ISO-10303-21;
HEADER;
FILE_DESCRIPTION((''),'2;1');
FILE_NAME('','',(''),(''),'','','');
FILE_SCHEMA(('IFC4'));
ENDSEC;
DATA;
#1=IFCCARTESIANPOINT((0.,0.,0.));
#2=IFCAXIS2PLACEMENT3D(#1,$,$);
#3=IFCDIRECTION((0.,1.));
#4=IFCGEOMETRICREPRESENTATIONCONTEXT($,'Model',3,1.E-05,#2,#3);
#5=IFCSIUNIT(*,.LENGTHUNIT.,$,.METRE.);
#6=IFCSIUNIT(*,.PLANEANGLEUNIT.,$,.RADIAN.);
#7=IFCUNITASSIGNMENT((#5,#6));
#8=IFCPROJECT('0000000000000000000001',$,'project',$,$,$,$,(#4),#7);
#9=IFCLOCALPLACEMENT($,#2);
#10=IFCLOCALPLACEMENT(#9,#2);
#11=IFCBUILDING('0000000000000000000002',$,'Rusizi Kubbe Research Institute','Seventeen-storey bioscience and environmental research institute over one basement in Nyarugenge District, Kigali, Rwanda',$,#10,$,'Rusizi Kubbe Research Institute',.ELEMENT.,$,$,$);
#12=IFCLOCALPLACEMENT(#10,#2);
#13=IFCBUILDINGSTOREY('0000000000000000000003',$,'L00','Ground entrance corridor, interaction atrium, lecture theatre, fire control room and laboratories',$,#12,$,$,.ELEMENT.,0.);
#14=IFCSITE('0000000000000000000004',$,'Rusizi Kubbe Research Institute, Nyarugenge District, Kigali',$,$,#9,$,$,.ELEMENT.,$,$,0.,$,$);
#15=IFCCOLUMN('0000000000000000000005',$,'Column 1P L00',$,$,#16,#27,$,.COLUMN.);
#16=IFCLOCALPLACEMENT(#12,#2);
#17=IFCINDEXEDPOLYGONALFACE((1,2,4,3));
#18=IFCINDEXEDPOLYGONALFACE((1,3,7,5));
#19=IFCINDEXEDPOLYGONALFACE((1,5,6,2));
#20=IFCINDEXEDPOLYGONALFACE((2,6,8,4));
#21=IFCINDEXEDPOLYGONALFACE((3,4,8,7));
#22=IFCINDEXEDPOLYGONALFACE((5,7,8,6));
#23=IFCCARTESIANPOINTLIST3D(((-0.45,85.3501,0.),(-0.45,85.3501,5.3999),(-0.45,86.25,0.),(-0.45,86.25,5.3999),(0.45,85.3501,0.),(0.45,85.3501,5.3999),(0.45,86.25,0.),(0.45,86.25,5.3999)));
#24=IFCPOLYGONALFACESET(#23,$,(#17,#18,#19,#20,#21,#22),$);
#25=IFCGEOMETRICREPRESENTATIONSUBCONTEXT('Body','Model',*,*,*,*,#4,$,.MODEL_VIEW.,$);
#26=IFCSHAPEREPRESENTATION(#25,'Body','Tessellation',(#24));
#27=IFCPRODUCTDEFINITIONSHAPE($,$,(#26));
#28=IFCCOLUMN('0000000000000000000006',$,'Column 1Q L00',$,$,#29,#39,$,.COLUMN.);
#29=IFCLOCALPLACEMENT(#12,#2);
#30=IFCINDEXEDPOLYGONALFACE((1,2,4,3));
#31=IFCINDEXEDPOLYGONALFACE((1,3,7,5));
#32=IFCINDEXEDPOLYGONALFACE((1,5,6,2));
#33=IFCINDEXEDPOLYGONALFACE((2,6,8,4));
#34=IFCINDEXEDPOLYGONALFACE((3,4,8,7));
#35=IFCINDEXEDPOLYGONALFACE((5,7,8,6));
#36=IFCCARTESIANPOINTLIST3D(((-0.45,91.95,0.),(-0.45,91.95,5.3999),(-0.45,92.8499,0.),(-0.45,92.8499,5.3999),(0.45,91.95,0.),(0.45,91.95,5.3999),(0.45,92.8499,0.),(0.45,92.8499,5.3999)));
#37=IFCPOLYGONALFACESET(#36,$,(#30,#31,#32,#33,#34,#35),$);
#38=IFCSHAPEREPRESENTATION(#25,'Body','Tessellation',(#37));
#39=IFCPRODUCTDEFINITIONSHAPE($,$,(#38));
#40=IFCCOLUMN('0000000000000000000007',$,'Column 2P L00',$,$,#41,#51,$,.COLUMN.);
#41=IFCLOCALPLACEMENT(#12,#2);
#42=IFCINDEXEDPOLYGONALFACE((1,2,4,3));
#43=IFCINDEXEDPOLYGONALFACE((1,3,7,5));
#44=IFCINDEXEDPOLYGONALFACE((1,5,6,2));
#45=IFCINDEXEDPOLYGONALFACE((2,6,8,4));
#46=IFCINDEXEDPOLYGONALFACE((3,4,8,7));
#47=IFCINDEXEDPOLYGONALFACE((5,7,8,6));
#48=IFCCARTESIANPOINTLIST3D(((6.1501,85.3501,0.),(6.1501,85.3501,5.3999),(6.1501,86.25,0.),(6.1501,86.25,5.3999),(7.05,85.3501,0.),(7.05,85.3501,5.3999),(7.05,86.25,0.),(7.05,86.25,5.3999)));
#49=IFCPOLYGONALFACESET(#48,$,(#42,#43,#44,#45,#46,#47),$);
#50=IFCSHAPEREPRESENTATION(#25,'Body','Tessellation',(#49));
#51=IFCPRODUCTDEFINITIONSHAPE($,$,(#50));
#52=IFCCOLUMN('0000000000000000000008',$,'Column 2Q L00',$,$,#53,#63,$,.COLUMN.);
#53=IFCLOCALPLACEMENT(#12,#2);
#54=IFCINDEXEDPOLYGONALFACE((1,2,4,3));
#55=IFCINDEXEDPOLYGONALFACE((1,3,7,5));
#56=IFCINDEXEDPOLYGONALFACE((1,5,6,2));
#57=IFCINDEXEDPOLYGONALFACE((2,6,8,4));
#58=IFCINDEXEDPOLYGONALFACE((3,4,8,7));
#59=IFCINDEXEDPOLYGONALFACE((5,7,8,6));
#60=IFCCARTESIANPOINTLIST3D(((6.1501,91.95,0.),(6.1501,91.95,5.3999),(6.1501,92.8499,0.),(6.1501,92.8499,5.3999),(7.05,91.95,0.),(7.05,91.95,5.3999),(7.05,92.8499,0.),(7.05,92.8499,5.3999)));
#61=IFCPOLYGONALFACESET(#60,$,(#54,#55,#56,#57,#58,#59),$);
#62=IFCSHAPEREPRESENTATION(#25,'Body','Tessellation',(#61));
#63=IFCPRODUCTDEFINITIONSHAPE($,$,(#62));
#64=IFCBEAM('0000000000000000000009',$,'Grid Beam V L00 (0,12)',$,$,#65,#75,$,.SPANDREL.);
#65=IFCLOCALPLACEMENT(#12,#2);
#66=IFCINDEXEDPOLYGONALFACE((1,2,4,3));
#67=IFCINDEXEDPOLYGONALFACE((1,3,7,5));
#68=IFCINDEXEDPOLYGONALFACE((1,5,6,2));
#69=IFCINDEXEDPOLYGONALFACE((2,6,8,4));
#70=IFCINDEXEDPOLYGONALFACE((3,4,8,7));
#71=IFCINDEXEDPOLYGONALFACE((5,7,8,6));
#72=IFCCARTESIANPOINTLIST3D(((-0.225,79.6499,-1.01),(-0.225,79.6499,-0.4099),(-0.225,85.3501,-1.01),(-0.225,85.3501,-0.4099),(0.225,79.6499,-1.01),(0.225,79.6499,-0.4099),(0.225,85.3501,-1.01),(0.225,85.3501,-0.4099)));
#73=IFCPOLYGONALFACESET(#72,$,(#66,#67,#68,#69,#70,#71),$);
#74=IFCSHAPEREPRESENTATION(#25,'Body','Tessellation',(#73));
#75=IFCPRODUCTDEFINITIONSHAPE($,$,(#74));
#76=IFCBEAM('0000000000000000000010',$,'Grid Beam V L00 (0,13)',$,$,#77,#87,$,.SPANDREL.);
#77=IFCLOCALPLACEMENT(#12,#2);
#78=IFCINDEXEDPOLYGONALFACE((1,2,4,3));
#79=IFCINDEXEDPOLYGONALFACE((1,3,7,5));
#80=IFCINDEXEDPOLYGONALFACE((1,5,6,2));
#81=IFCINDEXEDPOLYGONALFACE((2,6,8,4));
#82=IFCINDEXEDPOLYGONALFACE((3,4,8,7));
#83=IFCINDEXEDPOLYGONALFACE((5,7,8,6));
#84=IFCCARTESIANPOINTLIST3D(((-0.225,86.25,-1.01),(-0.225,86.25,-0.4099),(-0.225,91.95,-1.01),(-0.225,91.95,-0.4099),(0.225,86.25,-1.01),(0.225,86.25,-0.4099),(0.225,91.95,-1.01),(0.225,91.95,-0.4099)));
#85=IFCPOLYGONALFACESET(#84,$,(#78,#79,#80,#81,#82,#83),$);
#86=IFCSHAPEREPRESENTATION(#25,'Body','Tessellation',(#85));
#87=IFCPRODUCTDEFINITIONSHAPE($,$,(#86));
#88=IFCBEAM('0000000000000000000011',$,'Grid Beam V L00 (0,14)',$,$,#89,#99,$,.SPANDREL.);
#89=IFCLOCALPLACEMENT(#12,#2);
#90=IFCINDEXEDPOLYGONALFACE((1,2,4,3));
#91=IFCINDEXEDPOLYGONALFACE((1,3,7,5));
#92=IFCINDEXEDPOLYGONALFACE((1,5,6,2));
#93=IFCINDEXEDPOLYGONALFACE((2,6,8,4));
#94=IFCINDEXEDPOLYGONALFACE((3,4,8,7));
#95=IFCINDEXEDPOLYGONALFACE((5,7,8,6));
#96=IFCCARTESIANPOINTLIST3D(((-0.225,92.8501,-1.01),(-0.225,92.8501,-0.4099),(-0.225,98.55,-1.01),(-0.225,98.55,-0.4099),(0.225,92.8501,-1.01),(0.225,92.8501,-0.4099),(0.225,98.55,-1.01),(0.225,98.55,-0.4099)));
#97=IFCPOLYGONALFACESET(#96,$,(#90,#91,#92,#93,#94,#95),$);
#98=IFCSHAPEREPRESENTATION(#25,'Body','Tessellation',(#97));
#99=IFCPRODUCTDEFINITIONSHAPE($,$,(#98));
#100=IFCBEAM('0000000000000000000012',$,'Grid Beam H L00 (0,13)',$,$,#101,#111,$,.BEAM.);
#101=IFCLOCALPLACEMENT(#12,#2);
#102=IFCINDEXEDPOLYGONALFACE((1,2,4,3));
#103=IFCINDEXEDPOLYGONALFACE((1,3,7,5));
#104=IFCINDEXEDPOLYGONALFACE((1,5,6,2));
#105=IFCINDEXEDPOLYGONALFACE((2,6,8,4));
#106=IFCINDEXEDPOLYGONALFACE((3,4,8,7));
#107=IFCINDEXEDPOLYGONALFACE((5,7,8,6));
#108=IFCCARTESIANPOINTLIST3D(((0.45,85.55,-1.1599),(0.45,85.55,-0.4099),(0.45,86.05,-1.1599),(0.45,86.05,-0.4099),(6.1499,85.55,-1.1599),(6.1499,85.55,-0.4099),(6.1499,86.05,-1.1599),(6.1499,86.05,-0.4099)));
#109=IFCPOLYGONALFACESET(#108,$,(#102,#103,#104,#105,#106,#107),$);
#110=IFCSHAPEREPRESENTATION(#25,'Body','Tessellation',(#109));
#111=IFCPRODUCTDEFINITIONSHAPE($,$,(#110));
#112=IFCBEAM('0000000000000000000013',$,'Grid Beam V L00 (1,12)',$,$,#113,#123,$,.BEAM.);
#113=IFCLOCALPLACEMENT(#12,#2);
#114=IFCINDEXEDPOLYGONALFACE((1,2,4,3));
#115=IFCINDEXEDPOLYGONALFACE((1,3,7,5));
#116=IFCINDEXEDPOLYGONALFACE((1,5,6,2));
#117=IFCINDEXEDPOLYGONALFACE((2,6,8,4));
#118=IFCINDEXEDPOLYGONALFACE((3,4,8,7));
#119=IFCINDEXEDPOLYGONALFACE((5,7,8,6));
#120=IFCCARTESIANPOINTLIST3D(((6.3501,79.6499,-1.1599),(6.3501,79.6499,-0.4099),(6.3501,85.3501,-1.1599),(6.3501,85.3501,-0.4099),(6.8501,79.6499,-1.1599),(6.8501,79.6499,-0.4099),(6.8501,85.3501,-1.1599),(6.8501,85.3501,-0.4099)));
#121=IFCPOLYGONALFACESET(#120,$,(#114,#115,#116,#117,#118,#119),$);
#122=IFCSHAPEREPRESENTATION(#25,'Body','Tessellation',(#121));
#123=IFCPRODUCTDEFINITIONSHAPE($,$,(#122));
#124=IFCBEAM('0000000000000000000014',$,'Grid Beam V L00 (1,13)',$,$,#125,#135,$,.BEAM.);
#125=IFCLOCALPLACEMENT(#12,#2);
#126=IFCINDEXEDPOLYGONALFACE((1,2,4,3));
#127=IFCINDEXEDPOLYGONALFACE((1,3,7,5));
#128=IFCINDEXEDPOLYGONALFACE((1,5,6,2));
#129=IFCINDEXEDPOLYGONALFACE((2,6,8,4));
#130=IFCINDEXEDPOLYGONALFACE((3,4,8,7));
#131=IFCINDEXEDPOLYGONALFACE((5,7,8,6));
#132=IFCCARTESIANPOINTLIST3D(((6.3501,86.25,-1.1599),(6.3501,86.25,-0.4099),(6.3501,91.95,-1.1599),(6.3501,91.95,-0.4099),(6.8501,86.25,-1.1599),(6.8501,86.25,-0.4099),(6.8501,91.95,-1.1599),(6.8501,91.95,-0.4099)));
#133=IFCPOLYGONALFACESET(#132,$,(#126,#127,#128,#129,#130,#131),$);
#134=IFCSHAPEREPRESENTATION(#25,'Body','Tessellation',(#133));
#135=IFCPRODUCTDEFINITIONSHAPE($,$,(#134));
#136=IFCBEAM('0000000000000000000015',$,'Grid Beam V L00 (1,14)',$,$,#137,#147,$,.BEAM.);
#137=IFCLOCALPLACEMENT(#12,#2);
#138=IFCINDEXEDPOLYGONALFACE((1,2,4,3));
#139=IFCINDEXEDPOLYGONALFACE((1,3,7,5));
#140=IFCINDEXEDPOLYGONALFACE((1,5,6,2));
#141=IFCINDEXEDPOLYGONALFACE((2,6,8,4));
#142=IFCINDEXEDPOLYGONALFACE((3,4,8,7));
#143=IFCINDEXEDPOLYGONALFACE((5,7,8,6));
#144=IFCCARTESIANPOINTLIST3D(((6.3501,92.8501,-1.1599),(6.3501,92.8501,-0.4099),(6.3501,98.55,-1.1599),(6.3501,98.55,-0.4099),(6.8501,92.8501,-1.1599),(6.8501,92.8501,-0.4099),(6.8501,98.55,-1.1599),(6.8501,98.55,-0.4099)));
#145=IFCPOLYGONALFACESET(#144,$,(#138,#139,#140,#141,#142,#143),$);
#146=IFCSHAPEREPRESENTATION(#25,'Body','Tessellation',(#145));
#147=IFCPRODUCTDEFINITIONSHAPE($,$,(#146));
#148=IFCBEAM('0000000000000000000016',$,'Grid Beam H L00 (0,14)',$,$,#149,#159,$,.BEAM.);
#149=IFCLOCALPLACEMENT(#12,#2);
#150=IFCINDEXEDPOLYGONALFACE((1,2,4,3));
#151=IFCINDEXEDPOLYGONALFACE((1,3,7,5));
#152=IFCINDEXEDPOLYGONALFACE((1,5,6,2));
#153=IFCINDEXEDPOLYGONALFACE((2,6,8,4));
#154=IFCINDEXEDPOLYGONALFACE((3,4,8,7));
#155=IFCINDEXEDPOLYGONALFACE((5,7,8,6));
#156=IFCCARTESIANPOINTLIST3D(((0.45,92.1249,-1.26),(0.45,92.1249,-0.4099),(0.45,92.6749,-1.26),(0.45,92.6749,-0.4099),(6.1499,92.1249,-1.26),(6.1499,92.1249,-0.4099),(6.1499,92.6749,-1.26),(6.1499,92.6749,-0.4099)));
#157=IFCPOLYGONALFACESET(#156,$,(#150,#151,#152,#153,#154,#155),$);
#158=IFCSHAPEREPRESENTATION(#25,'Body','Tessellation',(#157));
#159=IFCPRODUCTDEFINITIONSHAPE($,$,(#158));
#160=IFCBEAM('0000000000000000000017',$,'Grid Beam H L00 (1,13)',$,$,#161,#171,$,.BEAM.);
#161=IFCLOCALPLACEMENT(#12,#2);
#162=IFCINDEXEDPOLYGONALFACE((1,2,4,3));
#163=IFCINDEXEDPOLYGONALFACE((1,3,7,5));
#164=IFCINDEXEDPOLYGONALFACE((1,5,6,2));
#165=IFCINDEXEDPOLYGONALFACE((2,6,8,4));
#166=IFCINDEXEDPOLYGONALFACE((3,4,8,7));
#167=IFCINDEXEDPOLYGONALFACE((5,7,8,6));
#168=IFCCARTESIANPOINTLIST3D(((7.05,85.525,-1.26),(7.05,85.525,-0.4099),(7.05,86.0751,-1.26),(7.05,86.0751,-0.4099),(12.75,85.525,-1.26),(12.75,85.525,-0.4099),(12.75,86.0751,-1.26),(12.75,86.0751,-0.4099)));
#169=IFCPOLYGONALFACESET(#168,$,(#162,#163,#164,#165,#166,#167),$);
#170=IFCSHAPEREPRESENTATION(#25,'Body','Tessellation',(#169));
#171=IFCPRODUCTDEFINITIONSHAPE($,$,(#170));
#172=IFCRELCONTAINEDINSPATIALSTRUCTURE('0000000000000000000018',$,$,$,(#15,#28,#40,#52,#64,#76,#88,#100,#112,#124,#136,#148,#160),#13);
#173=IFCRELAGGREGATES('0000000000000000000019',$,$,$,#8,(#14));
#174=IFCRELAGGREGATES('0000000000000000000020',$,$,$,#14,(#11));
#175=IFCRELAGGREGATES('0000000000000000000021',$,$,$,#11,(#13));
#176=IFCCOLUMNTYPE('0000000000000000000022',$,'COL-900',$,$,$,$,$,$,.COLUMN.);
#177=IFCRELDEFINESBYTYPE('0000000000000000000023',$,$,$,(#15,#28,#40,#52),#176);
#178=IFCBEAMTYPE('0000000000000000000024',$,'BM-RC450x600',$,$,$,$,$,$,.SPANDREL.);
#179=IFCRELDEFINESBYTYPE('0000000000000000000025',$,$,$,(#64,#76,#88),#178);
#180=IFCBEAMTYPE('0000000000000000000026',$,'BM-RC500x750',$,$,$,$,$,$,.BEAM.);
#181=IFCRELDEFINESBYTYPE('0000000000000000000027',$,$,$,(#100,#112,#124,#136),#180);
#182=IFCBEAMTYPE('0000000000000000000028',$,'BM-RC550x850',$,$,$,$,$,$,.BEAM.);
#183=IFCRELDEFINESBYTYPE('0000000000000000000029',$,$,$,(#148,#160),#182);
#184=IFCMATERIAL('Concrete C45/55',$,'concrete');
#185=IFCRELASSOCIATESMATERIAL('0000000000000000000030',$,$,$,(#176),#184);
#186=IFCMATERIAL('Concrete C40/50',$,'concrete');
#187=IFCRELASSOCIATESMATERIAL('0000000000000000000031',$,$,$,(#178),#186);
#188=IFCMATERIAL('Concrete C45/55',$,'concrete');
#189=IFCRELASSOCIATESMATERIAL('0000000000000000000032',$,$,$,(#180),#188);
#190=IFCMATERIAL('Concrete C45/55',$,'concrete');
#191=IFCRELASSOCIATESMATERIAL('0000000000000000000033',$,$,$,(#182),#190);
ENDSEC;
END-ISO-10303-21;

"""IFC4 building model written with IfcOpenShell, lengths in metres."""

from ifc_helpers import new_model, si_unit, direction, frame, origin, origin_2d, place, context, subcontext, project, spatial, rectangle, extrude, material, material_profile, profile_set, type_object, element, save


model = new_model("IFC4")

# Units and contexts
model_context = context("Model", 3, precision=1e-05, world=origin(), true_north=direction((0.0, 1.0)))
body_context = subcontext(model_context, "Body", "Model", "MODEL_VIEW")
ifc_project = project(units=[si_unit("LENGTHUNIT", "METRE"), si_unit("PLANEANGLEUNIT", "RADIAN")], contexts=[model_context])

# Site, building, storey
site_placement = place(None, origin())
site = spatial("IfcSite", under=ifc_project, at=site_placement, Name="Rusizi Kubbe Research Institute, Nyarugenge District, Kigali", CompositionType="ELEMENT", RefElevation=0.0)
building_placement = place(site_placement, origin())
building = spatial("IfcBuilding", under=site, at=building_placement, Name="Rusizi Kubbe Research Institute", Description="Seventeen-storey bioscience and environmental research institute over one basement in Nyarugenge District, Kigali, Rwanda", LongName="Rusizi Kubbe Research Institute", CompositionType="ELEMENT")
storey_placement = place(building_placement, origin())
storey = spatial("IfcBuildingStorey", under=building, at=storey_placement, Name="L00", Description="Ground entrance corridor, interaction atrium, lecture theatre, fire control room and laboratories", CompositionType="ELEMENT", Elevation=0.0)

# Columns
ifc_material_1 = material(Name="Concrete C45/55", Category="concrete")
ifc_material_profile_1 = material_profile(ifc_material_1, rectangle(XDim=0.8999, YDim=0.8999, at=origin_2d()), Name="RC900x900")
ifc_profile_set_1 = profile_set([ifc_material_profile_1], Name="Concrete C45/55")
column_type = type_object("IfcColumnType", Name="COL-900", PredefinedType="COLUMN", material=ifc_profile_set_1)
for number, where, z_axis, x_axis, name in (
    (1, (0.0, 85.8, 0.0), (0.0, 0.0, 1.0), (1.0, 0.0, 0.0), "Column 1P L00"),
    (2, (0.0, 92.3999, 0.0), (0.0, 0.0, 1.0), (1.0, 0.0, 0.0), "Column 1Q L00"),
    (3, (6.6001, 85.8, 0.0), (0.0, 0.0, 1.0), (1.0, 0.0, 0.0), "Column 2P L00"),
    (4, (6.6001, 92.3999, 0.0), (0.0, 0.0, 1.0), (1.0, 0.0, 0.0), "Column 2Q L00"),
):
    element("IfcColumn", number, at=place(storey_placement, frame(where, z_axis=z_axis, x_axis=x_axis)), inside=storey, type_object=column_type, Name=name, PredefinedType="COLUMN", context=body_context, shape_type="SweptSolid", body=[
        extrude(rectangle(XDim=0.8999, YDim=0.8999, at=origin_2d()), origin(), (0.0, 0.0, 1.0), 5.3999),
    ])

# Beams
ifc_material_2 = material(Name="Concrete C40/50", Category="concrete")
ifc_material_profile_2 = material_profile(ifc_material_2, rectangle(XDim=0.45, YDim=0.6001, at=origin_2d()), Name="RC450x600")
ifc_profile_set_2 = profile_set([ifc_material_profile_2], Name="Concrete C40/50")
beam_type_1 = type_object("IfcBeamType", Name="BM-RC450x600", PredefinedType="SPANDREL", material=ifc_profile_set_2)
beam_1_placement = place(storey_placement, frame((0.0, 79.6499, -0.71), z_axis=(0.0, 1.0, 0.0), x_axis=(-1.0, 0.0, 0.0)))
element("IfcBeam", 5, at=beam_1_placement, inside=storey, type_object=beam_type_1, Name="Grid Beam V L00 (0,12)", PredefinedType="SPANDREL", context=body_context, shape_type="SweptSolid", body=[
    extrude(rectangle(XDim=0.45, YDim=0.6001, at=origin_2d()), origin(), (0.0, 0.0, 1.0), 5.7002),
])
for number, where, z_axis, x_axis, name in (
    (6, (0.0, 86.25, -0.71), (0.0, 1.0, 0.0), (-1.0, 0.0, 0.0), "Grid Beam V L00 (0,13)"),
    (7, (0.0, 92.8501, -0.71), (0.0, 1.0, 0.0), (-1.0, 0.0, 0.0), "Grid Beam V L00 (0,14)"),
):
    element("IfcBeam", number, at=place(storey_placement, frame(where, z_axis=z_axis, x_axis=x_axis)), inside=storey, type_object=beam_type_1, Name=name, PredefinedType="SPANDREL", context=body_context, shape_type="SweptSolid", body=[
        extrude(rectangle(XDim=0.45, YDim=0.6001, at=origin_2d()), origin(), (0.0, 0.0, 1.0), 5.7),
    ])
ifc_material_3 = material(Name="Concrete C45/55", Category="concrete")
ifc_material_profile_3 = material_profile(ifc_material_3, rectangle(XDim=0.5, YDim=0.75, at=origin_2d()), Name="RC500x750B")
ifc_profile_set_3 = profile_set([ifc_material_profile_3], Name="Concrete C45/55")
beam_type_2 = type_object("IfcBeamType", Name="BM-RC500x750", PredefinedType="BEAM", material=ifc_profile_set_3)
beam_2_placement = place(storey_placement, frame((0.45, 85.8, -0.7849), z_axis=(1.0, 0.0, 0.0), x_axis=(0.0, 1.0, 0.0)))
element("IfcBeam", 8, at=beam_2_placement, inside=storey, type_object=beam_type_2, Name="Grid Beam H L00 (0,13)", PredefinedType="BEAM", context=body_context, shape_type="SweptSolid", body=[
    extrude(rectangle(XDim=0.5, YDim=0.75, at=origin_2d()), origin(), (0.0, 0.0, 1.0), 5.7),
])
beam_3_placement = place(storey_placement, frame((6.6001, 79.6499, -0.7849), z_axis=(0.0, 1.0, 0.0), x_axis=(-1.0, 0.0, 0.0)))
element("IfcBeam", 9, at=beam_3_placement, inside=storey, type_object=beam_type_2, Name="Grid Beam V L00 (1,12)", PredefinedType="BEAM", context=body_context, shape_type="SweptSolid", body=[
    extrude(rectangle(XDim=0.5, YDim=0.75, at=origin_2d()), origin(), (0.0, 0.0, 1.0), 5.7002),
])
for number, where, z_axis, x_axis, name in (
    (10, (6.6001, 86.25, -0.7849), (0.0, 1.0, 0.0), (-1.0, 0.0, 0.0), "Grid Beam V L00 (1,13)"),
    (11, (6.6001, 92.8501, -0.7849), (0.0, 1.0, 0.0), (-1.0, 0.0, 0.0), "Grid Beam V L00 (1,14)"),
):
    element("IfcBeam", number, at=place(storey_placement, frame(where, z_axis=z_axis, x_axis=x_axis)), inside=storey, type_object=beam_type_2, Name=name, PredefinedType="BEAM", context=body_context, shape_type="SweptSolid", body=[
        extrude(rectangle(XDim=0.5, YDim=0.75, at=origin_2d()), origin(), (0.0, 0.0, 1.0), 5.7),
    ])
ifc_material_4 = material(Name="Concrete C45/55", Category="concrete")
ifc_material_profile_4 = material_profile(ifc_material_4, rectangle(XDim=0.55, YDim=0.8501, at=origin_2d()), Name="RC550x850")
ifc_profile_set_4 = profile_set([ifc_material_profile_4], Name="Concrete C45/55")
beam_type_3 = type_object("IfcBeamType", Name="BM-RC550x850", PredefinedType="BEAM", material=ifc_profile_set_4)
for number, where, z_axis, x_axis, name in (
    (12, (0.45, 92.3999, -0.835), (1.0, 0.0, 0.0), (0.0, 1.0, 0.0), "Grid Beam H L00 (0,14)"),
    (13, (7.05, 85.8, -0.835), (1.0, 0.0, 0.0), (0.0, 1.0, 0.0), "Grid Beam H L00 (1,13)"),
):
    element("IfcBeam", number, at=place(storey_placement, frame(where, z_axis=z_axis, x_axis=x_axis)), inside=storey, type_object=beam_type_3, Name=name, PredefinedType="BEAM", context=body_context, shape_type="SweptSolid", body=[
        extrude(rectangle(XDim=0.55, YDim=0.8501, at=origin_2d()), origin(), (0.0, 0.0, 1.0), 5.7),
    ])

save(model, "model.ifc")
